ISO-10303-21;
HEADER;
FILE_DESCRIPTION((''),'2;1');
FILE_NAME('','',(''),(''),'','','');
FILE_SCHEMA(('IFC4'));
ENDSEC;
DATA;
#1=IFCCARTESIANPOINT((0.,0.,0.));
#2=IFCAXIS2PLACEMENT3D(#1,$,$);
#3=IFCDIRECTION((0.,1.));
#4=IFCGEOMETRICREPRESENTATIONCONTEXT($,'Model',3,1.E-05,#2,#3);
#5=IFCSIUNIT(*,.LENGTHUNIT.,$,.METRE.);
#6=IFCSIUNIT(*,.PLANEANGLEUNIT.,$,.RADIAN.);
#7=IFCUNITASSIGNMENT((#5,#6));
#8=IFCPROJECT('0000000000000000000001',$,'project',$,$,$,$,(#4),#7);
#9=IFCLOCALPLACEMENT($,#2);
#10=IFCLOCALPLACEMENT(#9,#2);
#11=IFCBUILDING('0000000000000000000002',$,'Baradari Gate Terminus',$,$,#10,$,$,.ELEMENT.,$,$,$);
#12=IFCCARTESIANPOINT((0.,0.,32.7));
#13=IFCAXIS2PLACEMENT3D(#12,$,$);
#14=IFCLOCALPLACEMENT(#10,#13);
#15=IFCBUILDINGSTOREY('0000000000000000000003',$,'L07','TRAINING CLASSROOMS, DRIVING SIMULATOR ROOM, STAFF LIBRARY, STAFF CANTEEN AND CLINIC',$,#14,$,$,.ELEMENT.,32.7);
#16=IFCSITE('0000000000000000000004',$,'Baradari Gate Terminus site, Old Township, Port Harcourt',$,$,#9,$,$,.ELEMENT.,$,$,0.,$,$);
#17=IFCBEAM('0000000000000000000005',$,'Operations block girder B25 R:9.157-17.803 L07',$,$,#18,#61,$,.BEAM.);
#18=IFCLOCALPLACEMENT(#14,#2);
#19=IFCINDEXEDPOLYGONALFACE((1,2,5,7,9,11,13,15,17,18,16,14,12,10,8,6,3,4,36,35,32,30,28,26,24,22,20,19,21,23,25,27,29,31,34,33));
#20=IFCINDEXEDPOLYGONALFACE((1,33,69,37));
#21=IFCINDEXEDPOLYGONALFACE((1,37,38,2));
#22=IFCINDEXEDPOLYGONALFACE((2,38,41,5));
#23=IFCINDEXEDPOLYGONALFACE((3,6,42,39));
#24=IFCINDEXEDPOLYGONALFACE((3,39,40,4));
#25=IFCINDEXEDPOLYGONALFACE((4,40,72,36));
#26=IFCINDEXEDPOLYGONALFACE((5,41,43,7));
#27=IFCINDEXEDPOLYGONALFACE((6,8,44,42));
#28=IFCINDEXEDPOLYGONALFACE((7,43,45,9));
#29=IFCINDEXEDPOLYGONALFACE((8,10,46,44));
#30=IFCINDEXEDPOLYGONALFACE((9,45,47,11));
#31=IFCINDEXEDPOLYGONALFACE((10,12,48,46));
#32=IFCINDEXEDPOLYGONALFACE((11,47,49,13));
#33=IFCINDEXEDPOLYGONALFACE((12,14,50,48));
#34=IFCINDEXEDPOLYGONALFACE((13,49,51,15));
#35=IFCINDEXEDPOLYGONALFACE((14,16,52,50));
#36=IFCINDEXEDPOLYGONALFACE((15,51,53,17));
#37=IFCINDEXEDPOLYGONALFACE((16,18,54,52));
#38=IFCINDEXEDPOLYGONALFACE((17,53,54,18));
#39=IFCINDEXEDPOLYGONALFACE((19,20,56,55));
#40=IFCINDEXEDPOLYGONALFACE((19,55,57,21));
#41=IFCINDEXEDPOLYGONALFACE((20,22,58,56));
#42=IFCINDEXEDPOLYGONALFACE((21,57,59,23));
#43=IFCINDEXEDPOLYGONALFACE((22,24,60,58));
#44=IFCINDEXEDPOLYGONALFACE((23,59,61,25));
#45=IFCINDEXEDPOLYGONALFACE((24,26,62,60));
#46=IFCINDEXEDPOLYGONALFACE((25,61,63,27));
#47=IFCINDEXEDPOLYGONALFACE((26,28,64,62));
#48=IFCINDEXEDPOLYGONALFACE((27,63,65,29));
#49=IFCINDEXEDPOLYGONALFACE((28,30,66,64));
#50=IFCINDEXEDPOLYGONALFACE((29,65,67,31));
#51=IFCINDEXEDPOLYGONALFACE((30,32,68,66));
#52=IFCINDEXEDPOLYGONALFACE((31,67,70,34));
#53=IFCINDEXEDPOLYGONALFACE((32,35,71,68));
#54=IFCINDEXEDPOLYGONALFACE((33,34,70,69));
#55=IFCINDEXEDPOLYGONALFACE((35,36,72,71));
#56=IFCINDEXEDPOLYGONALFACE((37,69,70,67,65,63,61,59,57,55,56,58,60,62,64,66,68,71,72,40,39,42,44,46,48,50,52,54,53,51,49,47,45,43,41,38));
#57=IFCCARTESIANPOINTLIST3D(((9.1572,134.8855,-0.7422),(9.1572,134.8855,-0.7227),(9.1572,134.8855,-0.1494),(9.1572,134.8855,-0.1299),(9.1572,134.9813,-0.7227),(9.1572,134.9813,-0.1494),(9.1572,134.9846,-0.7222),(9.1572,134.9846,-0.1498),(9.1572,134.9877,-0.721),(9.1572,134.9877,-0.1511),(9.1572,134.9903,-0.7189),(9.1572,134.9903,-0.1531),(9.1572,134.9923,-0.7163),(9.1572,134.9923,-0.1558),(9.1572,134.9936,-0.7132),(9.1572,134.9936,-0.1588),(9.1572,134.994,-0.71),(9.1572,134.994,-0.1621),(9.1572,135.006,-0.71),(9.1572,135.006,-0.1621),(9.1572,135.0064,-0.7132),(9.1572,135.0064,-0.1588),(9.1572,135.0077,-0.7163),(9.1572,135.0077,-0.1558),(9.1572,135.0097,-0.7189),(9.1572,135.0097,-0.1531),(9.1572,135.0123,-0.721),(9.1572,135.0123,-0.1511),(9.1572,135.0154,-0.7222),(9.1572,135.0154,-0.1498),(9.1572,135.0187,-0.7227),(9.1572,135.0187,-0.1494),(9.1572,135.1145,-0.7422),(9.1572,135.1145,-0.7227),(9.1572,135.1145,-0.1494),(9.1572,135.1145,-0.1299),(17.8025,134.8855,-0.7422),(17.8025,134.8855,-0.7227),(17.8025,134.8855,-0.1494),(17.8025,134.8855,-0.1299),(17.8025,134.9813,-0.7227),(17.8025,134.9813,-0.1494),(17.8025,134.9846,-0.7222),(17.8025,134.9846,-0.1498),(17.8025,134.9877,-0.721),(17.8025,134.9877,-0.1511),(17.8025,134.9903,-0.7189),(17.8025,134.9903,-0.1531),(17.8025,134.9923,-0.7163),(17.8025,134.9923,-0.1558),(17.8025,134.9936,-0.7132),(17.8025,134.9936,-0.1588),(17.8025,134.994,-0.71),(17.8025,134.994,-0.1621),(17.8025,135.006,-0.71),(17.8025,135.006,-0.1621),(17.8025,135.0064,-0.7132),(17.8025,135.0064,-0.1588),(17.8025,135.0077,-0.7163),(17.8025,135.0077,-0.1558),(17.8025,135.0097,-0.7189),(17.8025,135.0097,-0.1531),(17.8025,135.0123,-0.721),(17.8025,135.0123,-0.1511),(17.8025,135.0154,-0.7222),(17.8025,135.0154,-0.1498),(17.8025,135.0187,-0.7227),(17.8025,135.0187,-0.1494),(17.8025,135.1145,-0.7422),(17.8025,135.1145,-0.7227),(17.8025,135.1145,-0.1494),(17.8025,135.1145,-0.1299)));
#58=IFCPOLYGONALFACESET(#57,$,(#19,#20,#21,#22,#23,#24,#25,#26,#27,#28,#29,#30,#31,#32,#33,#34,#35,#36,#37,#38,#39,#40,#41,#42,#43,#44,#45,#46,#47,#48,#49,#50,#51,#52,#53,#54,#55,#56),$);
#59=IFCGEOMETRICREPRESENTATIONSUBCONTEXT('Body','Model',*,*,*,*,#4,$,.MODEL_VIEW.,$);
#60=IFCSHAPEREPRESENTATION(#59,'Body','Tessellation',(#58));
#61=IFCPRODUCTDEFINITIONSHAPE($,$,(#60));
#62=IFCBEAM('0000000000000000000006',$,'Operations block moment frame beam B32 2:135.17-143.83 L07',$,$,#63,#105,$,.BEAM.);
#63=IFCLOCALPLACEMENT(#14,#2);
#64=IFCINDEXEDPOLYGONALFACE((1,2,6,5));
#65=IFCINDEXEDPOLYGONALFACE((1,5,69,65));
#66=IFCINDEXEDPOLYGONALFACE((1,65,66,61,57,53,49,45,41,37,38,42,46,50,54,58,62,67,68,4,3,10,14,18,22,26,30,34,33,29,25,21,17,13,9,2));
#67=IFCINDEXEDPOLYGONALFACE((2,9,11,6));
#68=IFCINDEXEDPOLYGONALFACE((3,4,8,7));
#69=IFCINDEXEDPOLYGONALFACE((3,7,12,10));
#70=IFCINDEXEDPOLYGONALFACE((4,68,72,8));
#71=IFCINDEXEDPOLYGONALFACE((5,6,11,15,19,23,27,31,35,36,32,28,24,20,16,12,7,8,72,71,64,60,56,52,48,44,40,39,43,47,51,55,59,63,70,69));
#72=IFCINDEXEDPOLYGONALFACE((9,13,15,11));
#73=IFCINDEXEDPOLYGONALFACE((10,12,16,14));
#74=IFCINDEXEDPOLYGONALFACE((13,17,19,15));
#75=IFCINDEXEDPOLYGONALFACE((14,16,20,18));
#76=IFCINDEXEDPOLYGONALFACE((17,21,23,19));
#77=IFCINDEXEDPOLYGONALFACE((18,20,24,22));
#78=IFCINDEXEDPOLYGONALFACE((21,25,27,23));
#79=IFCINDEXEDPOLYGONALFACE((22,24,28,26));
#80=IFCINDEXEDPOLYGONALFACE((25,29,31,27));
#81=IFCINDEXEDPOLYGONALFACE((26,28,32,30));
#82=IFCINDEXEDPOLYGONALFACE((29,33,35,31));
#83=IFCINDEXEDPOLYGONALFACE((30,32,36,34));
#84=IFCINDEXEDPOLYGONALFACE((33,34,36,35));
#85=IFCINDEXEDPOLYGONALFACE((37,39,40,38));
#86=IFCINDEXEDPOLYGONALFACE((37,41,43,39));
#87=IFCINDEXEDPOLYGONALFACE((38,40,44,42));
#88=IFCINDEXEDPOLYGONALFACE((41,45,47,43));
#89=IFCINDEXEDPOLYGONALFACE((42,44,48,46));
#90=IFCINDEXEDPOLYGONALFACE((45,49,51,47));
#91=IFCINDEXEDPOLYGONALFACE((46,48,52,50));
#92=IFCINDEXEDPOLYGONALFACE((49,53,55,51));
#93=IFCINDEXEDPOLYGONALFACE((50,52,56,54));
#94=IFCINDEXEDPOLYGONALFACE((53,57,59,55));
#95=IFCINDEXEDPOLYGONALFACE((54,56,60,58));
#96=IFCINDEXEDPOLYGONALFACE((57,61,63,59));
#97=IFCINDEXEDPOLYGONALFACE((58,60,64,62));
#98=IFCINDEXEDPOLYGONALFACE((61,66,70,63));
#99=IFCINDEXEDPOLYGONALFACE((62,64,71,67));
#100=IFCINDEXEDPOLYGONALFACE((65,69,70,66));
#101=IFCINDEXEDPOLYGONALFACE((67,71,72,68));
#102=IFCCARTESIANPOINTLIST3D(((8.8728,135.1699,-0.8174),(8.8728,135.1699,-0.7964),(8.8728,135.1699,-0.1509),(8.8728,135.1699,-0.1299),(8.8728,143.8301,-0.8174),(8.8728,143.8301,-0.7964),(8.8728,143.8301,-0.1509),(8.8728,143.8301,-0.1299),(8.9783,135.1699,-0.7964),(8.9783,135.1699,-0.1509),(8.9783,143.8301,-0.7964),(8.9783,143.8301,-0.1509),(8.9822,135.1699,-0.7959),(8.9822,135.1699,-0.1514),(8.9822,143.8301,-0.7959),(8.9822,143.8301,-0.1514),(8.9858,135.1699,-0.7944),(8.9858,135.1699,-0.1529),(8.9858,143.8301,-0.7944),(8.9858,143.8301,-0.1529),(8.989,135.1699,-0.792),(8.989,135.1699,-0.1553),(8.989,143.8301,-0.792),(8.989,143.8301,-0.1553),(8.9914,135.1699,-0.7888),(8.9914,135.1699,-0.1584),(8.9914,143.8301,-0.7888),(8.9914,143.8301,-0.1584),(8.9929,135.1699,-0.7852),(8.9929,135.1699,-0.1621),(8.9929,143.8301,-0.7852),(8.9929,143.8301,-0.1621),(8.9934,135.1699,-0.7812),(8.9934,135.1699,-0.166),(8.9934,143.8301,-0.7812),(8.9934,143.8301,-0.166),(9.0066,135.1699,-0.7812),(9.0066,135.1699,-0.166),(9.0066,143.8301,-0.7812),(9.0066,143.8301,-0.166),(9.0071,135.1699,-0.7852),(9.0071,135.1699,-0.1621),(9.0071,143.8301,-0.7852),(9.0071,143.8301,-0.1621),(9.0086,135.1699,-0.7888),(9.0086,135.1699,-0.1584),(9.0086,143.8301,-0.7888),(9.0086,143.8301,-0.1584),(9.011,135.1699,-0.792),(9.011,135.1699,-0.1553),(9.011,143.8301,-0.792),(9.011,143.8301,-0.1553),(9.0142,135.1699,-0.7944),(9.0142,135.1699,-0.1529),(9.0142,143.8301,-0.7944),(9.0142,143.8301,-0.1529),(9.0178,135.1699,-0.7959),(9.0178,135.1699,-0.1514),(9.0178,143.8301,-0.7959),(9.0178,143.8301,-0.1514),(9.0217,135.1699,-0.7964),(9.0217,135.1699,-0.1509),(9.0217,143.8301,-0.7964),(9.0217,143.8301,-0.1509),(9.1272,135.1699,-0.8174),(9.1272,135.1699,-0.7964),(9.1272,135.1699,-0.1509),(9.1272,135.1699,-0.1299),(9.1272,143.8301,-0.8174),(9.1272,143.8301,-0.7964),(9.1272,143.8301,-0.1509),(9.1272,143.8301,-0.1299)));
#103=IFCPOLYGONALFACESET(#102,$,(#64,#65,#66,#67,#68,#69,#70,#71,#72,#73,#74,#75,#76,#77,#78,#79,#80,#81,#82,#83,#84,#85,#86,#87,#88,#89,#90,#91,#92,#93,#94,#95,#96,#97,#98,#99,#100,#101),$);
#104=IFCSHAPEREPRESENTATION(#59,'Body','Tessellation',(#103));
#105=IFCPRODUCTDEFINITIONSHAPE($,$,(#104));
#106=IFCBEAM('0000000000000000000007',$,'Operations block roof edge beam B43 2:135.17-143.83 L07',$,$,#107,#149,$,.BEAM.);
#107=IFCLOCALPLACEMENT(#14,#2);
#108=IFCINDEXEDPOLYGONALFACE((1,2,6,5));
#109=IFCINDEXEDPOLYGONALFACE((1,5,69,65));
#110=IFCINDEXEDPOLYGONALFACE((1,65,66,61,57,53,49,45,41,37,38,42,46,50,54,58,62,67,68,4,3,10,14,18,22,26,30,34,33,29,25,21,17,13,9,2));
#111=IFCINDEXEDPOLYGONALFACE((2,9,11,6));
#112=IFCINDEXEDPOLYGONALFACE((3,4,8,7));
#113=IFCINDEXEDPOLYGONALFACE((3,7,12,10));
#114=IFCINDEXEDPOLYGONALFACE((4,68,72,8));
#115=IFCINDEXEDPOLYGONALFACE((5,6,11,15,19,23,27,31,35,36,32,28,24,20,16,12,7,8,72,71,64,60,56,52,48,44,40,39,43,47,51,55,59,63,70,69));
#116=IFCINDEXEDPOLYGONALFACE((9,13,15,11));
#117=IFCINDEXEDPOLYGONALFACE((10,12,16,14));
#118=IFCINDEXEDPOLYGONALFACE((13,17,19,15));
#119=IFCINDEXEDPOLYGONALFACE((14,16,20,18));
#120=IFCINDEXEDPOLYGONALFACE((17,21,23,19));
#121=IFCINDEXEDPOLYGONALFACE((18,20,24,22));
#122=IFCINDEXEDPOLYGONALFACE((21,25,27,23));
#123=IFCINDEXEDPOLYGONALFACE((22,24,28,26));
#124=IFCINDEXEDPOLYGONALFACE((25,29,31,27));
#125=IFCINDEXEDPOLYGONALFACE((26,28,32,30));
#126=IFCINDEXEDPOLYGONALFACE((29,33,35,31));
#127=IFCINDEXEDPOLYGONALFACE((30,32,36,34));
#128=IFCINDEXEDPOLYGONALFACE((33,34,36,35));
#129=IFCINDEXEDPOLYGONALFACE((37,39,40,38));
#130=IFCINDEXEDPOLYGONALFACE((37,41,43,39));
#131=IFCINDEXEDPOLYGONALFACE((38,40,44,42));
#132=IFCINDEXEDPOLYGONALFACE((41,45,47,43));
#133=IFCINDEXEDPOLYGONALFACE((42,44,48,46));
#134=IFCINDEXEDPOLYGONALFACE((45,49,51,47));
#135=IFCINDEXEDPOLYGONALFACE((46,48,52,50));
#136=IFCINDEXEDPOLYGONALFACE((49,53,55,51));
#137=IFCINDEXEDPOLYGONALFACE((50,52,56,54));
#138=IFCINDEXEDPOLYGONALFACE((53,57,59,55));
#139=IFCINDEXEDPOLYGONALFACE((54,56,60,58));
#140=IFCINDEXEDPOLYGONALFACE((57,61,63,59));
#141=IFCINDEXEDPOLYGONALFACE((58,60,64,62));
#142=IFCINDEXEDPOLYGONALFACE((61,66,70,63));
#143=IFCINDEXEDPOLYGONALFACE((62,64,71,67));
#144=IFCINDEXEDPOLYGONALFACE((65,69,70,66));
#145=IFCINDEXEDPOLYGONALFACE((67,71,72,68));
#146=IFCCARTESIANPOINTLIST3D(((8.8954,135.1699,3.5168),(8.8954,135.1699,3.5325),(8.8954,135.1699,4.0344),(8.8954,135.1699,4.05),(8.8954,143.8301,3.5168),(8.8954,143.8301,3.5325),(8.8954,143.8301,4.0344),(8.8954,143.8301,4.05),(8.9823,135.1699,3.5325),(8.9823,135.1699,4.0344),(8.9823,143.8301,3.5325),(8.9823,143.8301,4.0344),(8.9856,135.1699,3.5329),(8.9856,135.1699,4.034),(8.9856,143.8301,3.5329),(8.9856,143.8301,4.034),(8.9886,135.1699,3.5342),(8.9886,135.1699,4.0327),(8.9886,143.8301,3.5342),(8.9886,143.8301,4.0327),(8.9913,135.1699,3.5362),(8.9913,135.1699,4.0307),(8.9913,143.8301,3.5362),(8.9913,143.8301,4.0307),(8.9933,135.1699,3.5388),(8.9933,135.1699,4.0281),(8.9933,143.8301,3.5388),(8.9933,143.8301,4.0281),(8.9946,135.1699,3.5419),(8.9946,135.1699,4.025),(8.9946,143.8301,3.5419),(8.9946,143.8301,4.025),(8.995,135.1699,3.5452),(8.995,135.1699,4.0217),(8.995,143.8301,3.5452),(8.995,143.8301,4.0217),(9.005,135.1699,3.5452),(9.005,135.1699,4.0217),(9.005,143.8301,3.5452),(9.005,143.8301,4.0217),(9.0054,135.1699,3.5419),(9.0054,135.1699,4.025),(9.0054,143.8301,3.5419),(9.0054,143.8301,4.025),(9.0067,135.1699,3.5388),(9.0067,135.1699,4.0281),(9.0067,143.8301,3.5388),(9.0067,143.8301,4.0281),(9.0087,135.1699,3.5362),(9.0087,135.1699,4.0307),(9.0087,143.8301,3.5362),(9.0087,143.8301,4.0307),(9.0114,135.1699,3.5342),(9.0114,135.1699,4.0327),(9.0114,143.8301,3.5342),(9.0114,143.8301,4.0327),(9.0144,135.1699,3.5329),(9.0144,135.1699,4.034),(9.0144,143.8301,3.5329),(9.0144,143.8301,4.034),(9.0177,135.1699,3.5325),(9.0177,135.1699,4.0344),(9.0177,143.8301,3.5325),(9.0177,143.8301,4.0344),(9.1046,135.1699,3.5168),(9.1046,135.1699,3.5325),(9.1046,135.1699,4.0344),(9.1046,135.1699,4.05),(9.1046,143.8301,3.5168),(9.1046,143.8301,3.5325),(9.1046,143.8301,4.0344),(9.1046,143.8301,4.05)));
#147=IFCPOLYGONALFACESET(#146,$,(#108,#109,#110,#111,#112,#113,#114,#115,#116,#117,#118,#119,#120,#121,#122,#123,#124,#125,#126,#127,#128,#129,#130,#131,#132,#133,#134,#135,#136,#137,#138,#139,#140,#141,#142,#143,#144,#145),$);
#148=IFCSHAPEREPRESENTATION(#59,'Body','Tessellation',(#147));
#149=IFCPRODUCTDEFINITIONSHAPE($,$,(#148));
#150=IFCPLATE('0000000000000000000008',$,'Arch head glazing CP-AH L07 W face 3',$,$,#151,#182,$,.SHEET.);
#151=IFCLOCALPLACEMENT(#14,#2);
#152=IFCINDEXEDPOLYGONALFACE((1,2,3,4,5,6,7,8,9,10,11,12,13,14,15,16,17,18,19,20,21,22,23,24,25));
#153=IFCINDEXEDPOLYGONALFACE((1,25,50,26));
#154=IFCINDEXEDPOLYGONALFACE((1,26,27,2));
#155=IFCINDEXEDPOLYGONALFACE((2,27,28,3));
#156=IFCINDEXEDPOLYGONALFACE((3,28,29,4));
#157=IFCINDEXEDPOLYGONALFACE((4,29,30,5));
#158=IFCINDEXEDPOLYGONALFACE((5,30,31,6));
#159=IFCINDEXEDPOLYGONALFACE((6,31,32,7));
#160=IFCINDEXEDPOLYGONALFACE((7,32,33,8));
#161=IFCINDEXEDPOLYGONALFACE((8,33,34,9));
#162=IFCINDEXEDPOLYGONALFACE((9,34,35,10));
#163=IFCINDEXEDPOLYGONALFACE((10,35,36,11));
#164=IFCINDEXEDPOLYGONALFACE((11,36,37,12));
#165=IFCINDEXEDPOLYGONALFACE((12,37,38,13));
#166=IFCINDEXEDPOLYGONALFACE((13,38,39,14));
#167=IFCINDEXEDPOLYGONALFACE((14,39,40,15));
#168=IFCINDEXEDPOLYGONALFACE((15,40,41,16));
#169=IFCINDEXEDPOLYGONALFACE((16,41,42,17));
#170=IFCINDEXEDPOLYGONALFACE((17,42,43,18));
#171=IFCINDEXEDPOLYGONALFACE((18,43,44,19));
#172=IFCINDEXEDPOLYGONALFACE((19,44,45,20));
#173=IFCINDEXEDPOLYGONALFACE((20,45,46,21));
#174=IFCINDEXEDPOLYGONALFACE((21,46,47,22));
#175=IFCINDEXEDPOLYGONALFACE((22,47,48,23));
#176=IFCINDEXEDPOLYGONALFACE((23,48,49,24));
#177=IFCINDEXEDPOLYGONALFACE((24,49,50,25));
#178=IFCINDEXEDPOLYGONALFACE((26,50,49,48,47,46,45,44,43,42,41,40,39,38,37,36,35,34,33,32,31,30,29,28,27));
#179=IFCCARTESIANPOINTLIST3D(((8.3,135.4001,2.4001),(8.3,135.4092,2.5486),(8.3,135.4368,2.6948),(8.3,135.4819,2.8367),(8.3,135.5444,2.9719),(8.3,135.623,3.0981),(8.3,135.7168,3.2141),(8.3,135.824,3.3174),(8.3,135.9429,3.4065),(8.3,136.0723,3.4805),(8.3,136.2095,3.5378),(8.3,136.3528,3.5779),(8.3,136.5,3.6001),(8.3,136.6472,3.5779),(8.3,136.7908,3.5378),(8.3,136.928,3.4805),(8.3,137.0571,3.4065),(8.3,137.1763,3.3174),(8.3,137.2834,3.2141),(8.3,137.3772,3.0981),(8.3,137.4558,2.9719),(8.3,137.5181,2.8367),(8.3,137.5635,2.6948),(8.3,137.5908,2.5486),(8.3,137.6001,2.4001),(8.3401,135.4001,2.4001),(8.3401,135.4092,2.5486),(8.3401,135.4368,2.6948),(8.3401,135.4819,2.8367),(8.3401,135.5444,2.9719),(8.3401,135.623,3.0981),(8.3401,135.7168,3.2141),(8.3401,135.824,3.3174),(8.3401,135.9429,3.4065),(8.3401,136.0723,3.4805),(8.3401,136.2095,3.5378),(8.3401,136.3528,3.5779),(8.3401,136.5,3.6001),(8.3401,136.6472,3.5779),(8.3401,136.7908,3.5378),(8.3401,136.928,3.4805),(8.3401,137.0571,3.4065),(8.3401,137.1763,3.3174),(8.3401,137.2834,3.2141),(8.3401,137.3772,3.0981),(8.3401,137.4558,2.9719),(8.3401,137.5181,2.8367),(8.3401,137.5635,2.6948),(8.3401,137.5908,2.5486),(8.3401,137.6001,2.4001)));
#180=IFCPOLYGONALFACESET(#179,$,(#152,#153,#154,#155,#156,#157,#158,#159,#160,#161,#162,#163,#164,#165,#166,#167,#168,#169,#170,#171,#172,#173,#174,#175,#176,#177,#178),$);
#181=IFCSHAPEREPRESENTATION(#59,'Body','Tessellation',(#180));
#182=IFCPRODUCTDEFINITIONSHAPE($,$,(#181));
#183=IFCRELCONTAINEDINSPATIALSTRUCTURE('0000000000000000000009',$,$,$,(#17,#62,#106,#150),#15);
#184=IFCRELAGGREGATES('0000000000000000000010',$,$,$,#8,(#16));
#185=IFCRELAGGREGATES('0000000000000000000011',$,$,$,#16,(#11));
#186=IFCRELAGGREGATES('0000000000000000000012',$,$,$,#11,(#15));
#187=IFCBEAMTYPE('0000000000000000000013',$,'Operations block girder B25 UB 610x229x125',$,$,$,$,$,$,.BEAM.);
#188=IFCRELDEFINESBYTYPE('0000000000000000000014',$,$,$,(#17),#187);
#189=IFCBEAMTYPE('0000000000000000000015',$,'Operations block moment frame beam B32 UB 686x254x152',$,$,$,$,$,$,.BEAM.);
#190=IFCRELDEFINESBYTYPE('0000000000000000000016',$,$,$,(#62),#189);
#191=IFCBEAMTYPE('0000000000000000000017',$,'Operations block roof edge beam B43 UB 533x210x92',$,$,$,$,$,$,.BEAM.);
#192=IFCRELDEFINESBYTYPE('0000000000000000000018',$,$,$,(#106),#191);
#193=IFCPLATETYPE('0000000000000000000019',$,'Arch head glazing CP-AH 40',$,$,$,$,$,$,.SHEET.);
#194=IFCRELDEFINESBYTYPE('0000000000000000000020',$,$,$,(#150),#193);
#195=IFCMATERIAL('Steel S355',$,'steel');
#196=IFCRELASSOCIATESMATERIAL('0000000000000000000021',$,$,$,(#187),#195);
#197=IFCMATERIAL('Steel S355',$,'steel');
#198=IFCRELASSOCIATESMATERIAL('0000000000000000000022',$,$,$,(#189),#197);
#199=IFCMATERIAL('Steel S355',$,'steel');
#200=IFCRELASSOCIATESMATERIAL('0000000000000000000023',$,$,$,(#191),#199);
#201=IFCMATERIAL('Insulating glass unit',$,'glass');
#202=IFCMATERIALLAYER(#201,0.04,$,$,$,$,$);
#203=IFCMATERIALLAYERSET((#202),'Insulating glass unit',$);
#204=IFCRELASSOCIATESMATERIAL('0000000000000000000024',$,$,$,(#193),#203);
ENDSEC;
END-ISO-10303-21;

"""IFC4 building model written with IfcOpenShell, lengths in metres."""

from ifc_helpers import new_model, si_unit, direction, frame, origin, origin_2d, place, context, subcontext, project, spatial, polyline, i_section, outline, extrude, material, layer, layer_set, material_profile, profile_set, type_object, element, save


model = new_model("IFC4")

# Units and contexts
model_context = context("Model", 3, precision=1e-05, world=origin(), true_north=direction((0.0, 1.0)))
body_context = subcontext(model_context, "Body", "Model", "MODEL_VIEW")
ifc_project = project(units=[si_unit("LENGTHUNIT", "METRE"), si_unit("PLANEANGLEUNIT", "RADIAN")], contexts=[model_context])

# Site, building, storey
site_placement = place(None, origin())
site = spatial("IfcSite", under=ifc_project, at=site_placement, Name="Baradari Gate Terminus site, Old Township, Port Harcourt", CompositionType="ELEMENT", RefElevation=0.0)
building_placement = place(site_placement, origin())
building = spatial("IfcBuilding", under=site, at=building_placement, Name="Baradari Gate Terminus", CompositionType="ELEMENT")
storey_placement = place(building_placement, frame((0.0, 0.0, 32.7)))
storey = spatial("IfcBuildingStorey", under=building, at=storey_placement, Name="L07", Description="TRAINING CLASSROOMS, DRIVING SIMULATOR ROOM, STAFF LIBRARY, STAFF CANTEEN AND CLINIC", CompositionType="ELEMENT", Elevation=32.7)

# Beams
ifc_material_1 = material(Name="Steel S355", Category="steel")
ifc_material_profile_1 = material_profile(ifc_material_1, i_section(OverallWidth=0.229, OverallDepth=0.6123, WebThickness=0.012, FlangeThickness=0.0195, FilletRadius=0.0127, at=origin_2d()), Name="UB 610x229x125")
ifc_profile_set_1 = profile_set([ifc_material_profile_1], Name="Steel S355")
beam_type_1 = type_object("IfcBeamType", Name="Operations block girder B25 UB 610x229x125", PredefinedType="BEAM", material=ifc_profile_set_1)
beam_1_placement = place(storey_placement, frame((9.1572, 135.0, -0.436), z_axis=(1.0, 0.0, 0.0), x_axis=(0.0, 1.0, 0.0)))
element("IfcBeam", 1, at=beam_1_placement, inside=storey, type_object=beam_type_1, Name="Operations block girder B25 R:9.157-17.803 L07", PredefinedType="BEAM", context=body_context, shape_type="SweptSolid", body=[
    extrude(i_section(OverallWidth=0.229, OverallDepth=0.6123, WebThickness=0.012, FlangeThickness=0.0195, FilletRadius=0.0127, at=origin_2d()), origin(), (0.0, 0.0, 1.0), 8.6453),
])
ifc_material_2 = material(Name="Steel S355", Category="steel")
ifc_material_profile_2 = material_profile(ifc_material_2, i_section(OverallWidth=0.2544, OverallDepth=0.6875, WebThickness=0.0132, FlangeThickness=0.021, FilletRadius=0.0151, at=origin_2d()), Name="UB 686x254x152")
ifc_profile_set_2 = profile_set([ifc_material_profile_2], Name="Steel S355")
beam_type_2 = type_object("IfcBeamType", Name="Operations block moment frame beam B32 UB 686x254x152", PredefinedType="BEAM", material=ifc_profile_set_2)
beam_2_placement = place(storey_placement, frame((9.0, 135.1699, -0.4736), z_axis=(0.0, 1.0, 0.0), x_axis=(-1.0, 0.0, 0.0)))
element("IfcBeam", 2, at=beam_2_placement, inside=storey, type_object=beam_type_2, Name="Operations block moment frame beam B32 2:135.17-143.83 L07", PredefinedType="BEAM", context=body_context, shape_type="SweptSolid", body=[
    extrude(i_section(OverallWidth=0.2544, OverallDepth=0.6875, WebThickness=0.0132, FlangeThickness=0.021, FilletRadius=0.0151, at=origin_2d()), origin(), (0.0, 0.0, 1.0), 8.6602),
])
ifc_material_3 = material(Name="Steel S355", Category="steel")
ifc_material_profile_3 = material_profile(ifc_material_3, i_section(OverallWidth=0.2092, OverallDepth=0.5332, WebThickness=0.01, FlangeThickness=0.0156, FilletRadius=0.0127, at=origin_2d()), Name="UB 533x210x92")
ifc_profile_set_3 = profile_set([ifc_material_profile_3], Name="Steel S355")
beam_type_3 = type_object("IfcBeamType", Name="Operations block roof edge beam B43 UB 533x210x92", PredefinedType="BEAM", material=ifc_profile_set_3)
beam_3_placement = place(storey_placement, frame((9.0, 135.1699, 3.7834), z_axis=(0.0, 1.0, 0.0), x_axis=(-1.0, 0.0, 0.0)))
element("IfcBeam", 3, at=beam_3_placement, inside=storey, type_object=beam_type_3, Name="Operations block roof edge beam B43 2:135.17-143.83 L07", PredefinedType="BEAM", context=body_context, shape_type="SweptSolid", body=[
    extrude(i_section(OverallWidth=0.2092, OverallDepth=0.5332, WebThickness=0.01, FlangeThickness=0.0156, FilletRadius=0.0127, at=origin_2d()), origin(), (0.0, 0.0, 1.0), 8.6602),
])

# Plate
ifc_material_4 = material(Name="Insulating glass unit", Category="glass")
ifc_layer_1 = layer(ifc_material_4, 0.04)
ifc_layer_set_1 = layer_set([ifc_layer_1], Name="Insulating glass unit")
plate_type_1 = type_object("IfcPlateType", Name="Arch head glazing CP-AH 40", PredefinedType="SHEET", material=ifc_layer_set_1)
for number, where, z_axis, x_axis, name in (
    (4, (8.3201, 137.6001, 2.4001), (0.0, 0.0, 1.0), (0.0, -1.0, 0.0), "Arch head glazing CP-AH L07 W face 3"),
):
    element("IfcPlate", number, at=place(storey_placement, frame(where, z_axis=z_axis, x_axis=x_axis)), inside=storey, type_object=plate_type_1, Name=name, PredefinedType="SHEET", context=body_context, shape_type="SweptSolid", body=[
        extrude(outline(polyline([(0.0, 0.0), (2.2, 0.0), (2.1909, 0.1484), (2.1633, 0.2947), (2.1182, 0.4365), (2.0557, 0.5718), (1.9771, 0.698), (1.8833, 0.814), (1.7761, 0.9172), (1.6572, 1.0063), (1.5278, 1.0803), (1.3906, 1.1377), (1.2473, 1.1777), (1.1001, 1.2), (0.9529, 1.1777), (0.8093, 1.1377), (0.6721, 1.0803), (0.543, 1.0063), (0.4238, 0.9172), (0.3167, 0.814), (0.2229, 0.698), (0.1443, 0.5718), (0.082, 0.4365), (0.0366, 0.2947), (0.0093, 0.1484), (0.0, 0.0)])), frame((0.0, 0.02, 0.0), z_axis=(0.0, -1.0, 0.0), x_axis=(1.0, 0.0, 0.0)), (0.0, 0.0, 1.0), 0.04),
    ])

save(model, "model.ifc")
